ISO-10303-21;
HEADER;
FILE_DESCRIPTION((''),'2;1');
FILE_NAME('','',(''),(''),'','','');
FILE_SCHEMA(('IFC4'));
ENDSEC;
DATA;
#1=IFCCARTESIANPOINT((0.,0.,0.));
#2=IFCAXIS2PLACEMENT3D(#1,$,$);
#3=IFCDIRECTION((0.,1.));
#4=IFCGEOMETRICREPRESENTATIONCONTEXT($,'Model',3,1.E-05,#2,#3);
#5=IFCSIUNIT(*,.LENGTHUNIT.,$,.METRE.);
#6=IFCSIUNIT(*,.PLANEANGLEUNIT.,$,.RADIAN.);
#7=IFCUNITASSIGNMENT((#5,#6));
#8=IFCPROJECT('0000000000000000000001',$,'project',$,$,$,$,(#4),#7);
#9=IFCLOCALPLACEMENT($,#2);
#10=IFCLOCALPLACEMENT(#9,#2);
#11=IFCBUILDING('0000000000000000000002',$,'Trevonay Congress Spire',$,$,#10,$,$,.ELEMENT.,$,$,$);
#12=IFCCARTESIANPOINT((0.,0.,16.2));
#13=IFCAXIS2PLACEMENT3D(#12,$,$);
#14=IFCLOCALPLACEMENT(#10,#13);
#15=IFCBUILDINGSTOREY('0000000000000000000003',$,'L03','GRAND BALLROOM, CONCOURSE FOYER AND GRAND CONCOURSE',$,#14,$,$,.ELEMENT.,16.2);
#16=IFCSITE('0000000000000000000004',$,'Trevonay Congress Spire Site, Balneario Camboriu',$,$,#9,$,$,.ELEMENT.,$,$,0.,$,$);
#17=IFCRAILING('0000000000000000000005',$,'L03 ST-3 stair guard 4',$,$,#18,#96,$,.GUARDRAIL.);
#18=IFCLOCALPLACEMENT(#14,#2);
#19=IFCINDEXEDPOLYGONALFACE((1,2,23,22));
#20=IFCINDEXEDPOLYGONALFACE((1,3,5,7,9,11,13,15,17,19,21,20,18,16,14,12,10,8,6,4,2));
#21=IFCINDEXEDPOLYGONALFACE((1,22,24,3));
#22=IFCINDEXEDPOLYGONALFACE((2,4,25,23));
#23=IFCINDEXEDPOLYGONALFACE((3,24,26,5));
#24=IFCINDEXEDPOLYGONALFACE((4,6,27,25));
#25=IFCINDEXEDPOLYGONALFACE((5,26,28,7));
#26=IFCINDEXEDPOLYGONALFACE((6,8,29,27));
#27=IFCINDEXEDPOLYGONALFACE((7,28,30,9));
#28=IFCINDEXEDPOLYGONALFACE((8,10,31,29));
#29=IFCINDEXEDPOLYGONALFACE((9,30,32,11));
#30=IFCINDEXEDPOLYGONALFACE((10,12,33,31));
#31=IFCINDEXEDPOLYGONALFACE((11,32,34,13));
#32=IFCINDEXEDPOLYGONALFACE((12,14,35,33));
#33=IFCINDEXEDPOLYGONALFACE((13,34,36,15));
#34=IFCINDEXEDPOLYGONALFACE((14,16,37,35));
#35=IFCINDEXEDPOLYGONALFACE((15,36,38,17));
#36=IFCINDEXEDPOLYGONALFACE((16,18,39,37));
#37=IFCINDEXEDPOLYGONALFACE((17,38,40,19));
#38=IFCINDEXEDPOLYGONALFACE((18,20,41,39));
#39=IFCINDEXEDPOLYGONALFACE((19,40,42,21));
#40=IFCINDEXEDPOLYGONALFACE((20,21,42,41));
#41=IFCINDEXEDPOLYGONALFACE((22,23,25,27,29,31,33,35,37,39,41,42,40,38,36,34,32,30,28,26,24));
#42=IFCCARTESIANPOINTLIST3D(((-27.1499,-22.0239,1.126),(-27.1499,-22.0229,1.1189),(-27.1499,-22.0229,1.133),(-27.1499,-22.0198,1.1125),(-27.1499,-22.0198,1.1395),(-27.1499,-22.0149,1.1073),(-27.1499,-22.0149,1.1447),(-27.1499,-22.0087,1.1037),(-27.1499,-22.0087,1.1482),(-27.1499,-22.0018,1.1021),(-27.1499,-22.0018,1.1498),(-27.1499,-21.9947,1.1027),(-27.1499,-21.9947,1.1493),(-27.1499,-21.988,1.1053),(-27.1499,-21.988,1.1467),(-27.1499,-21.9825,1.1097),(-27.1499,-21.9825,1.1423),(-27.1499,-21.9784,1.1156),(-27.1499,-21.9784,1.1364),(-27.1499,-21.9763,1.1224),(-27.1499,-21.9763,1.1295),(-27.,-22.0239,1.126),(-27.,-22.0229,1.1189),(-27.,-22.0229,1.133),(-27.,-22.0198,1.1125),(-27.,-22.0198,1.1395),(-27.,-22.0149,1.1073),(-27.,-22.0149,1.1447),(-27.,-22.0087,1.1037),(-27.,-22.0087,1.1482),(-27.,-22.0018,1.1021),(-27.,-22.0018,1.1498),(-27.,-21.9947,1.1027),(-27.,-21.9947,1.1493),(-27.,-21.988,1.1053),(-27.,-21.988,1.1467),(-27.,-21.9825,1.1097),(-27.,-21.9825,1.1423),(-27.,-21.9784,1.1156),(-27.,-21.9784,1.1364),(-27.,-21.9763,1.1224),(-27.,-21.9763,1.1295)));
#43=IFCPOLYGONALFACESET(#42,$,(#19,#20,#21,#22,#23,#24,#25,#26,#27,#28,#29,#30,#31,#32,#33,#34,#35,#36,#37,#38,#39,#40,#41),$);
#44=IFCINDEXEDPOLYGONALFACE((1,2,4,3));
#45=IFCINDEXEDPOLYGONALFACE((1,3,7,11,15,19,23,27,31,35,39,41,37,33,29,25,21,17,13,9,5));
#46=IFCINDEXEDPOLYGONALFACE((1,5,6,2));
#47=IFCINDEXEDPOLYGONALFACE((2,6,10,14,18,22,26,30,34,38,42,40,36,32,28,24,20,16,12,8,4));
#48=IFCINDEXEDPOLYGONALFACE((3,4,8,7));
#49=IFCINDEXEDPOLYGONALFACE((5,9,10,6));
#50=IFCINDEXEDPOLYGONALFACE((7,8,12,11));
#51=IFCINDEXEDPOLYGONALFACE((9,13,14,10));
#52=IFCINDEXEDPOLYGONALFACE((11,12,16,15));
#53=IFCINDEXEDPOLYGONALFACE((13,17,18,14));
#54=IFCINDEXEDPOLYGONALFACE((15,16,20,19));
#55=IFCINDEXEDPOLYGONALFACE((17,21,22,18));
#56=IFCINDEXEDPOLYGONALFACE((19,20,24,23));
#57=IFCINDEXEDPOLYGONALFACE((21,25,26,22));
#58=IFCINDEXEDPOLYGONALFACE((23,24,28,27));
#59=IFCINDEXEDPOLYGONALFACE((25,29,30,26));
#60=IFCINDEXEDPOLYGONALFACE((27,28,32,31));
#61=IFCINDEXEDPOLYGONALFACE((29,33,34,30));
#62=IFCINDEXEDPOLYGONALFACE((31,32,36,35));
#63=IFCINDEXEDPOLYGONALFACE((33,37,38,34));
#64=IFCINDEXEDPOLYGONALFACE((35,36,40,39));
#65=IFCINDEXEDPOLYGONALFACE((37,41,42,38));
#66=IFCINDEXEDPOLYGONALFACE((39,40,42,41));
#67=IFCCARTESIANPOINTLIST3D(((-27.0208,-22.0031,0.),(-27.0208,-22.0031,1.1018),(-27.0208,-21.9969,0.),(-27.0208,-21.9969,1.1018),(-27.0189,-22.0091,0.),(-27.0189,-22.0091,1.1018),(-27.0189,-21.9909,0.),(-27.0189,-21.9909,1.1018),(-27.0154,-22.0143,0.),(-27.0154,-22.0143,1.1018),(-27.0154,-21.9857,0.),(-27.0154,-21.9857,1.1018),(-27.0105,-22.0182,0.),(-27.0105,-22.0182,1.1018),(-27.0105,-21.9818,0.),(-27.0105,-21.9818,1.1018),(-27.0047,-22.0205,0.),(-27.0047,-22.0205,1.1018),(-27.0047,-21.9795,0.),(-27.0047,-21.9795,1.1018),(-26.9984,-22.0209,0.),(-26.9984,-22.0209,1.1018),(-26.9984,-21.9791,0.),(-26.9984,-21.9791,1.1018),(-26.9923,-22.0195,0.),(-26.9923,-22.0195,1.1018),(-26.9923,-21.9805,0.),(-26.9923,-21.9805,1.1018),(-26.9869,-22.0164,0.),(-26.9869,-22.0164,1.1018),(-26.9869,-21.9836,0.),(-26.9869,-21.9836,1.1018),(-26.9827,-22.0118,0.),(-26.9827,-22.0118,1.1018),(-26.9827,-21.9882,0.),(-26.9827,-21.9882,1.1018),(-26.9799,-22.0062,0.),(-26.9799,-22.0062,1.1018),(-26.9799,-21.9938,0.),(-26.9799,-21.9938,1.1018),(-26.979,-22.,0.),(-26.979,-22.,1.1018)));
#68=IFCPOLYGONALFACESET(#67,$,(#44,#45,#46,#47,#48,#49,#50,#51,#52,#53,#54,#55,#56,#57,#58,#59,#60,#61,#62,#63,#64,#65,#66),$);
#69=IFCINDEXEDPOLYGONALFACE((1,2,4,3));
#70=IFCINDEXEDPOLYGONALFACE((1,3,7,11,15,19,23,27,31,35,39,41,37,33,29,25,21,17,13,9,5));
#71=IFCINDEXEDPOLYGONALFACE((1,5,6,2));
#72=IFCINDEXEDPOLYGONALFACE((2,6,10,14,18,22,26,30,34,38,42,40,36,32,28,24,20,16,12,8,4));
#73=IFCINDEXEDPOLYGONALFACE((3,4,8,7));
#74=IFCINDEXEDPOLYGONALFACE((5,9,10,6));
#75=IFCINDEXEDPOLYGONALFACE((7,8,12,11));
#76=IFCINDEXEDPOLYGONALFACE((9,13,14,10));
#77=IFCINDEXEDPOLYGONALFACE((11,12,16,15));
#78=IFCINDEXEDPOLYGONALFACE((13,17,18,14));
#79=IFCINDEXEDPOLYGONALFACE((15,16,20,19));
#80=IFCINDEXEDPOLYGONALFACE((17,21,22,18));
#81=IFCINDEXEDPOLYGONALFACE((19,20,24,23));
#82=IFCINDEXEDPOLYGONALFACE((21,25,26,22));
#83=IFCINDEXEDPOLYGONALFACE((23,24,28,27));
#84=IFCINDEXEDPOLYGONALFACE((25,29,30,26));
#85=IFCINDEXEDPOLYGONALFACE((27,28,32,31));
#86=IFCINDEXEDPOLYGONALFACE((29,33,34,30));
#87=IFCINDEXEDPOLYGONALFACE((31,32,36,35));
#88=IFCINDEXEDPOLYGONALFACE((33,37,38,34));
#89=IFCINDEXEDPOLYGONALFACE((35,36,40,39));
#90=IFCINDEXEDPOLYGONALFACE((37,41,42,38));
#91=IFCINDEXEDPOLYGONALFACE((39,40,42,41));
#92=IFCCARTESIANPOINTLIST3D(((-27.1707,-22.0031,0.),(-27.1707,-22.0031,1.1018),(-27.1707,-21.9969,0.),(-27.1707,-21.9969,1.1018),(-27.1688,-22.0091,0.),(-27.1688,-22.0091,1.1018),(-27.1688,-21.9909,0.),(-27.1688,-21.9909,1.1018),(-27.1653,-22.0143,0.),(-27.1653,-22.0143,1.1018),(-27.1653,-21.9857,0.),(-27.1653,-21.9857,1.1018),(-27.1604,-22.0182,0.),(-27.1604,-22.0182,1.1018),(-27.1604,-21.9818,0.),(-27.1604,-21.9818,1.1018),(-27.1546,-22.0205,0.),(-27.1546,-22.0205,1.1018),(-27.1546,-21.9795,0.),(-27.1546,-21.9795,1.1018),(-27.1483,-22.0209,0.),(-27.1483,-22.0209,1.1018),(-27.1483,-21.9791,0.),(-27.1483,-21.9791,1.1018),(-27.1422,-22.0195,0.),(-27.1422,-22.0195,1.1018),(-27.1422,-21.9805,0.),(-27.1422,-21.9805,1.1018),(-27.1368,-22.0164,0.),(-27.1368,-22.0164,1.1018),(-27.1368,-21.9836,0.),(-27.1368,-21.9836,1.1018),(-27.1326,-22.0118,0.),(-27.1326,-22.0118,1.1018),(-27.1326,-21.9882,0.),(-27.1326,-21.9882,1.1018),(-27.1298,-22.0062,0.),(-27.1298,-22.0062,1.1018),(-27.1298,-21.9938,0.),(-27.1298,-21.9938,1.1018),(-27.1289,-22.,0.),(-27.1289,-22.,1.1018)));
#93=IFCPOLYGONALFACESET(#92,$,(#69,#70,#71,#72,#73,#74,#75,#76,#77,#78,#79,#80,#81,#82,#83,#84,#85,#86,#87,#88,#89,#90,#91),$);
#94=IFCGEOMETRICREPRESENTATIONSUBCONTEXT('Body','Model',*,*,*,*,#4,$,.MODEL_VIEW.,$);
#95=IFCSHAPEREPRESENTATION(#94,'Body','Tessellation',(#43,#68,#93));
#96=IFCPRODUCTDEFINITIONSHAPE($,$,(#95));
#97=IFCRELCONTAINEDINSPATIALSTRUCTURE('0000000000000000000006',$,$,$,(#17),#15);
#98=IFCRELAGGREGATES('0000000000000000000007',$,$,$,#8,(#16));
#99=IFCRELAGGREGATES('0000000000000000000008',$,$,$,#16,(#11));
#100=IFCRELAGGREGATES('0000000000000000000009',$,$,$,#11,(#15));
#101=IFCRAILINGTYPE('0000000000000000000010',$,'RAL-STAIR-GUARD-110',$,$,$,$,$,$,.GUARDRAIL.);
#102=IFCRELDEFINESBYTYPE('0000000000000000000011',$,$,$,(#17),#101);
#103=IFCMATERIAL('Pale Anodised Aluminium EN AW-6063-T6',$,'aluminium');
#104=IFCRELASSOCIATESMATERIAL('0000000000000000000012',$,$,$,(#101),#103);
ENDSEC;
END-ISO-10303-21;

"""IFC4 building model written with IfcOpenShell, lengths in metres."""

from ifc_helpers import new_model, si_unit, direction, frame, origin, origin_2d, place, context, subcontext, project, spatial, circle, extrude, material, type_object, element, save


model = new_model("IFC4")

# Units and contexts
model_context = context("Model", 3, precision=1e-05, world=origin(), true_north=direction((0.0, 1.0)))
body_context = subcontext(model_context, "Body", "Model", "MODEL_VIEW")
ifc_project = project(units=[si_unit("LENGTHUNIT", "METRE"), si_unit("PLANEANGLEUNIT", "RADIAN")], contexts=[model_context])

# Site, building, storey
site_placement = place(None, origin())
site = spatial("IfcSite", under=ifc_project, at=site_placement, Name="Trevonay Congress Spire Site, Balneario Camboriu", CompositionType="ELEMENT", RefElevation=0.0)
building_placement = place(site_placement, origin())
building = spatial("IfcBuilding", under=site, at=building_placement, Name="Trevonay Congress Spire", CompositionType="ELEMENT")
storey_placement = place(building_placement, frame((0.0, 0.0, 16.2)))
storey = spatial("IfcBuildingStorey", under=building, at=storey_placement, Name="L03", Description="GRAND BALLROOM, CONCOURSE FOYER AND GRAND CONCOURSE", CompositionType="ELEMENT", Elevation=16.2)

# Shared definitions
ifc_material_1 = material(Name="Pale Anodised Aluminium EN AW-6063-T6", Category="aluminium")

# Railing
railing_type_1 = type_object("IfcRailingType", Name="RAL-STAIR-GUARD-110", PredefinedType="GUARDRAIL", material=ifc_material_1)
railing_1_placement = place(storey_placement, frame((-27.0, -22.0, 0.0)))
element("IfcRailing", 1, at=railing_1_placement, inside=storey, type_object=railing_type_1, Name="L03 ST-3 stair guard 4", PredefinedType="GUARDRAIL", context=body_context, shape_type="SweptSolid", body=[
    extrude(circle(Radius=0.0239, at=origin_2d()), frame((0.0, 0.0, 1.126), z_axis=(-1.0, 0.0, 0.0), x_axis=(0.0, -1.0, 0.0)), (0.0, 0.0, 1.0), 0.1499),
    extrude(circle(Radius=0.021, at=origin_2d()), origin(), (0.0, 0.0, 1.0), 1.1018),
    extrude(circle(Radius=0.021, at=origin_2d()), frame((-0.1499, 0.0, 0.0)), (0.0, 0.0, 1.0), 1.1018),
])

save(model, "model.ifc")
